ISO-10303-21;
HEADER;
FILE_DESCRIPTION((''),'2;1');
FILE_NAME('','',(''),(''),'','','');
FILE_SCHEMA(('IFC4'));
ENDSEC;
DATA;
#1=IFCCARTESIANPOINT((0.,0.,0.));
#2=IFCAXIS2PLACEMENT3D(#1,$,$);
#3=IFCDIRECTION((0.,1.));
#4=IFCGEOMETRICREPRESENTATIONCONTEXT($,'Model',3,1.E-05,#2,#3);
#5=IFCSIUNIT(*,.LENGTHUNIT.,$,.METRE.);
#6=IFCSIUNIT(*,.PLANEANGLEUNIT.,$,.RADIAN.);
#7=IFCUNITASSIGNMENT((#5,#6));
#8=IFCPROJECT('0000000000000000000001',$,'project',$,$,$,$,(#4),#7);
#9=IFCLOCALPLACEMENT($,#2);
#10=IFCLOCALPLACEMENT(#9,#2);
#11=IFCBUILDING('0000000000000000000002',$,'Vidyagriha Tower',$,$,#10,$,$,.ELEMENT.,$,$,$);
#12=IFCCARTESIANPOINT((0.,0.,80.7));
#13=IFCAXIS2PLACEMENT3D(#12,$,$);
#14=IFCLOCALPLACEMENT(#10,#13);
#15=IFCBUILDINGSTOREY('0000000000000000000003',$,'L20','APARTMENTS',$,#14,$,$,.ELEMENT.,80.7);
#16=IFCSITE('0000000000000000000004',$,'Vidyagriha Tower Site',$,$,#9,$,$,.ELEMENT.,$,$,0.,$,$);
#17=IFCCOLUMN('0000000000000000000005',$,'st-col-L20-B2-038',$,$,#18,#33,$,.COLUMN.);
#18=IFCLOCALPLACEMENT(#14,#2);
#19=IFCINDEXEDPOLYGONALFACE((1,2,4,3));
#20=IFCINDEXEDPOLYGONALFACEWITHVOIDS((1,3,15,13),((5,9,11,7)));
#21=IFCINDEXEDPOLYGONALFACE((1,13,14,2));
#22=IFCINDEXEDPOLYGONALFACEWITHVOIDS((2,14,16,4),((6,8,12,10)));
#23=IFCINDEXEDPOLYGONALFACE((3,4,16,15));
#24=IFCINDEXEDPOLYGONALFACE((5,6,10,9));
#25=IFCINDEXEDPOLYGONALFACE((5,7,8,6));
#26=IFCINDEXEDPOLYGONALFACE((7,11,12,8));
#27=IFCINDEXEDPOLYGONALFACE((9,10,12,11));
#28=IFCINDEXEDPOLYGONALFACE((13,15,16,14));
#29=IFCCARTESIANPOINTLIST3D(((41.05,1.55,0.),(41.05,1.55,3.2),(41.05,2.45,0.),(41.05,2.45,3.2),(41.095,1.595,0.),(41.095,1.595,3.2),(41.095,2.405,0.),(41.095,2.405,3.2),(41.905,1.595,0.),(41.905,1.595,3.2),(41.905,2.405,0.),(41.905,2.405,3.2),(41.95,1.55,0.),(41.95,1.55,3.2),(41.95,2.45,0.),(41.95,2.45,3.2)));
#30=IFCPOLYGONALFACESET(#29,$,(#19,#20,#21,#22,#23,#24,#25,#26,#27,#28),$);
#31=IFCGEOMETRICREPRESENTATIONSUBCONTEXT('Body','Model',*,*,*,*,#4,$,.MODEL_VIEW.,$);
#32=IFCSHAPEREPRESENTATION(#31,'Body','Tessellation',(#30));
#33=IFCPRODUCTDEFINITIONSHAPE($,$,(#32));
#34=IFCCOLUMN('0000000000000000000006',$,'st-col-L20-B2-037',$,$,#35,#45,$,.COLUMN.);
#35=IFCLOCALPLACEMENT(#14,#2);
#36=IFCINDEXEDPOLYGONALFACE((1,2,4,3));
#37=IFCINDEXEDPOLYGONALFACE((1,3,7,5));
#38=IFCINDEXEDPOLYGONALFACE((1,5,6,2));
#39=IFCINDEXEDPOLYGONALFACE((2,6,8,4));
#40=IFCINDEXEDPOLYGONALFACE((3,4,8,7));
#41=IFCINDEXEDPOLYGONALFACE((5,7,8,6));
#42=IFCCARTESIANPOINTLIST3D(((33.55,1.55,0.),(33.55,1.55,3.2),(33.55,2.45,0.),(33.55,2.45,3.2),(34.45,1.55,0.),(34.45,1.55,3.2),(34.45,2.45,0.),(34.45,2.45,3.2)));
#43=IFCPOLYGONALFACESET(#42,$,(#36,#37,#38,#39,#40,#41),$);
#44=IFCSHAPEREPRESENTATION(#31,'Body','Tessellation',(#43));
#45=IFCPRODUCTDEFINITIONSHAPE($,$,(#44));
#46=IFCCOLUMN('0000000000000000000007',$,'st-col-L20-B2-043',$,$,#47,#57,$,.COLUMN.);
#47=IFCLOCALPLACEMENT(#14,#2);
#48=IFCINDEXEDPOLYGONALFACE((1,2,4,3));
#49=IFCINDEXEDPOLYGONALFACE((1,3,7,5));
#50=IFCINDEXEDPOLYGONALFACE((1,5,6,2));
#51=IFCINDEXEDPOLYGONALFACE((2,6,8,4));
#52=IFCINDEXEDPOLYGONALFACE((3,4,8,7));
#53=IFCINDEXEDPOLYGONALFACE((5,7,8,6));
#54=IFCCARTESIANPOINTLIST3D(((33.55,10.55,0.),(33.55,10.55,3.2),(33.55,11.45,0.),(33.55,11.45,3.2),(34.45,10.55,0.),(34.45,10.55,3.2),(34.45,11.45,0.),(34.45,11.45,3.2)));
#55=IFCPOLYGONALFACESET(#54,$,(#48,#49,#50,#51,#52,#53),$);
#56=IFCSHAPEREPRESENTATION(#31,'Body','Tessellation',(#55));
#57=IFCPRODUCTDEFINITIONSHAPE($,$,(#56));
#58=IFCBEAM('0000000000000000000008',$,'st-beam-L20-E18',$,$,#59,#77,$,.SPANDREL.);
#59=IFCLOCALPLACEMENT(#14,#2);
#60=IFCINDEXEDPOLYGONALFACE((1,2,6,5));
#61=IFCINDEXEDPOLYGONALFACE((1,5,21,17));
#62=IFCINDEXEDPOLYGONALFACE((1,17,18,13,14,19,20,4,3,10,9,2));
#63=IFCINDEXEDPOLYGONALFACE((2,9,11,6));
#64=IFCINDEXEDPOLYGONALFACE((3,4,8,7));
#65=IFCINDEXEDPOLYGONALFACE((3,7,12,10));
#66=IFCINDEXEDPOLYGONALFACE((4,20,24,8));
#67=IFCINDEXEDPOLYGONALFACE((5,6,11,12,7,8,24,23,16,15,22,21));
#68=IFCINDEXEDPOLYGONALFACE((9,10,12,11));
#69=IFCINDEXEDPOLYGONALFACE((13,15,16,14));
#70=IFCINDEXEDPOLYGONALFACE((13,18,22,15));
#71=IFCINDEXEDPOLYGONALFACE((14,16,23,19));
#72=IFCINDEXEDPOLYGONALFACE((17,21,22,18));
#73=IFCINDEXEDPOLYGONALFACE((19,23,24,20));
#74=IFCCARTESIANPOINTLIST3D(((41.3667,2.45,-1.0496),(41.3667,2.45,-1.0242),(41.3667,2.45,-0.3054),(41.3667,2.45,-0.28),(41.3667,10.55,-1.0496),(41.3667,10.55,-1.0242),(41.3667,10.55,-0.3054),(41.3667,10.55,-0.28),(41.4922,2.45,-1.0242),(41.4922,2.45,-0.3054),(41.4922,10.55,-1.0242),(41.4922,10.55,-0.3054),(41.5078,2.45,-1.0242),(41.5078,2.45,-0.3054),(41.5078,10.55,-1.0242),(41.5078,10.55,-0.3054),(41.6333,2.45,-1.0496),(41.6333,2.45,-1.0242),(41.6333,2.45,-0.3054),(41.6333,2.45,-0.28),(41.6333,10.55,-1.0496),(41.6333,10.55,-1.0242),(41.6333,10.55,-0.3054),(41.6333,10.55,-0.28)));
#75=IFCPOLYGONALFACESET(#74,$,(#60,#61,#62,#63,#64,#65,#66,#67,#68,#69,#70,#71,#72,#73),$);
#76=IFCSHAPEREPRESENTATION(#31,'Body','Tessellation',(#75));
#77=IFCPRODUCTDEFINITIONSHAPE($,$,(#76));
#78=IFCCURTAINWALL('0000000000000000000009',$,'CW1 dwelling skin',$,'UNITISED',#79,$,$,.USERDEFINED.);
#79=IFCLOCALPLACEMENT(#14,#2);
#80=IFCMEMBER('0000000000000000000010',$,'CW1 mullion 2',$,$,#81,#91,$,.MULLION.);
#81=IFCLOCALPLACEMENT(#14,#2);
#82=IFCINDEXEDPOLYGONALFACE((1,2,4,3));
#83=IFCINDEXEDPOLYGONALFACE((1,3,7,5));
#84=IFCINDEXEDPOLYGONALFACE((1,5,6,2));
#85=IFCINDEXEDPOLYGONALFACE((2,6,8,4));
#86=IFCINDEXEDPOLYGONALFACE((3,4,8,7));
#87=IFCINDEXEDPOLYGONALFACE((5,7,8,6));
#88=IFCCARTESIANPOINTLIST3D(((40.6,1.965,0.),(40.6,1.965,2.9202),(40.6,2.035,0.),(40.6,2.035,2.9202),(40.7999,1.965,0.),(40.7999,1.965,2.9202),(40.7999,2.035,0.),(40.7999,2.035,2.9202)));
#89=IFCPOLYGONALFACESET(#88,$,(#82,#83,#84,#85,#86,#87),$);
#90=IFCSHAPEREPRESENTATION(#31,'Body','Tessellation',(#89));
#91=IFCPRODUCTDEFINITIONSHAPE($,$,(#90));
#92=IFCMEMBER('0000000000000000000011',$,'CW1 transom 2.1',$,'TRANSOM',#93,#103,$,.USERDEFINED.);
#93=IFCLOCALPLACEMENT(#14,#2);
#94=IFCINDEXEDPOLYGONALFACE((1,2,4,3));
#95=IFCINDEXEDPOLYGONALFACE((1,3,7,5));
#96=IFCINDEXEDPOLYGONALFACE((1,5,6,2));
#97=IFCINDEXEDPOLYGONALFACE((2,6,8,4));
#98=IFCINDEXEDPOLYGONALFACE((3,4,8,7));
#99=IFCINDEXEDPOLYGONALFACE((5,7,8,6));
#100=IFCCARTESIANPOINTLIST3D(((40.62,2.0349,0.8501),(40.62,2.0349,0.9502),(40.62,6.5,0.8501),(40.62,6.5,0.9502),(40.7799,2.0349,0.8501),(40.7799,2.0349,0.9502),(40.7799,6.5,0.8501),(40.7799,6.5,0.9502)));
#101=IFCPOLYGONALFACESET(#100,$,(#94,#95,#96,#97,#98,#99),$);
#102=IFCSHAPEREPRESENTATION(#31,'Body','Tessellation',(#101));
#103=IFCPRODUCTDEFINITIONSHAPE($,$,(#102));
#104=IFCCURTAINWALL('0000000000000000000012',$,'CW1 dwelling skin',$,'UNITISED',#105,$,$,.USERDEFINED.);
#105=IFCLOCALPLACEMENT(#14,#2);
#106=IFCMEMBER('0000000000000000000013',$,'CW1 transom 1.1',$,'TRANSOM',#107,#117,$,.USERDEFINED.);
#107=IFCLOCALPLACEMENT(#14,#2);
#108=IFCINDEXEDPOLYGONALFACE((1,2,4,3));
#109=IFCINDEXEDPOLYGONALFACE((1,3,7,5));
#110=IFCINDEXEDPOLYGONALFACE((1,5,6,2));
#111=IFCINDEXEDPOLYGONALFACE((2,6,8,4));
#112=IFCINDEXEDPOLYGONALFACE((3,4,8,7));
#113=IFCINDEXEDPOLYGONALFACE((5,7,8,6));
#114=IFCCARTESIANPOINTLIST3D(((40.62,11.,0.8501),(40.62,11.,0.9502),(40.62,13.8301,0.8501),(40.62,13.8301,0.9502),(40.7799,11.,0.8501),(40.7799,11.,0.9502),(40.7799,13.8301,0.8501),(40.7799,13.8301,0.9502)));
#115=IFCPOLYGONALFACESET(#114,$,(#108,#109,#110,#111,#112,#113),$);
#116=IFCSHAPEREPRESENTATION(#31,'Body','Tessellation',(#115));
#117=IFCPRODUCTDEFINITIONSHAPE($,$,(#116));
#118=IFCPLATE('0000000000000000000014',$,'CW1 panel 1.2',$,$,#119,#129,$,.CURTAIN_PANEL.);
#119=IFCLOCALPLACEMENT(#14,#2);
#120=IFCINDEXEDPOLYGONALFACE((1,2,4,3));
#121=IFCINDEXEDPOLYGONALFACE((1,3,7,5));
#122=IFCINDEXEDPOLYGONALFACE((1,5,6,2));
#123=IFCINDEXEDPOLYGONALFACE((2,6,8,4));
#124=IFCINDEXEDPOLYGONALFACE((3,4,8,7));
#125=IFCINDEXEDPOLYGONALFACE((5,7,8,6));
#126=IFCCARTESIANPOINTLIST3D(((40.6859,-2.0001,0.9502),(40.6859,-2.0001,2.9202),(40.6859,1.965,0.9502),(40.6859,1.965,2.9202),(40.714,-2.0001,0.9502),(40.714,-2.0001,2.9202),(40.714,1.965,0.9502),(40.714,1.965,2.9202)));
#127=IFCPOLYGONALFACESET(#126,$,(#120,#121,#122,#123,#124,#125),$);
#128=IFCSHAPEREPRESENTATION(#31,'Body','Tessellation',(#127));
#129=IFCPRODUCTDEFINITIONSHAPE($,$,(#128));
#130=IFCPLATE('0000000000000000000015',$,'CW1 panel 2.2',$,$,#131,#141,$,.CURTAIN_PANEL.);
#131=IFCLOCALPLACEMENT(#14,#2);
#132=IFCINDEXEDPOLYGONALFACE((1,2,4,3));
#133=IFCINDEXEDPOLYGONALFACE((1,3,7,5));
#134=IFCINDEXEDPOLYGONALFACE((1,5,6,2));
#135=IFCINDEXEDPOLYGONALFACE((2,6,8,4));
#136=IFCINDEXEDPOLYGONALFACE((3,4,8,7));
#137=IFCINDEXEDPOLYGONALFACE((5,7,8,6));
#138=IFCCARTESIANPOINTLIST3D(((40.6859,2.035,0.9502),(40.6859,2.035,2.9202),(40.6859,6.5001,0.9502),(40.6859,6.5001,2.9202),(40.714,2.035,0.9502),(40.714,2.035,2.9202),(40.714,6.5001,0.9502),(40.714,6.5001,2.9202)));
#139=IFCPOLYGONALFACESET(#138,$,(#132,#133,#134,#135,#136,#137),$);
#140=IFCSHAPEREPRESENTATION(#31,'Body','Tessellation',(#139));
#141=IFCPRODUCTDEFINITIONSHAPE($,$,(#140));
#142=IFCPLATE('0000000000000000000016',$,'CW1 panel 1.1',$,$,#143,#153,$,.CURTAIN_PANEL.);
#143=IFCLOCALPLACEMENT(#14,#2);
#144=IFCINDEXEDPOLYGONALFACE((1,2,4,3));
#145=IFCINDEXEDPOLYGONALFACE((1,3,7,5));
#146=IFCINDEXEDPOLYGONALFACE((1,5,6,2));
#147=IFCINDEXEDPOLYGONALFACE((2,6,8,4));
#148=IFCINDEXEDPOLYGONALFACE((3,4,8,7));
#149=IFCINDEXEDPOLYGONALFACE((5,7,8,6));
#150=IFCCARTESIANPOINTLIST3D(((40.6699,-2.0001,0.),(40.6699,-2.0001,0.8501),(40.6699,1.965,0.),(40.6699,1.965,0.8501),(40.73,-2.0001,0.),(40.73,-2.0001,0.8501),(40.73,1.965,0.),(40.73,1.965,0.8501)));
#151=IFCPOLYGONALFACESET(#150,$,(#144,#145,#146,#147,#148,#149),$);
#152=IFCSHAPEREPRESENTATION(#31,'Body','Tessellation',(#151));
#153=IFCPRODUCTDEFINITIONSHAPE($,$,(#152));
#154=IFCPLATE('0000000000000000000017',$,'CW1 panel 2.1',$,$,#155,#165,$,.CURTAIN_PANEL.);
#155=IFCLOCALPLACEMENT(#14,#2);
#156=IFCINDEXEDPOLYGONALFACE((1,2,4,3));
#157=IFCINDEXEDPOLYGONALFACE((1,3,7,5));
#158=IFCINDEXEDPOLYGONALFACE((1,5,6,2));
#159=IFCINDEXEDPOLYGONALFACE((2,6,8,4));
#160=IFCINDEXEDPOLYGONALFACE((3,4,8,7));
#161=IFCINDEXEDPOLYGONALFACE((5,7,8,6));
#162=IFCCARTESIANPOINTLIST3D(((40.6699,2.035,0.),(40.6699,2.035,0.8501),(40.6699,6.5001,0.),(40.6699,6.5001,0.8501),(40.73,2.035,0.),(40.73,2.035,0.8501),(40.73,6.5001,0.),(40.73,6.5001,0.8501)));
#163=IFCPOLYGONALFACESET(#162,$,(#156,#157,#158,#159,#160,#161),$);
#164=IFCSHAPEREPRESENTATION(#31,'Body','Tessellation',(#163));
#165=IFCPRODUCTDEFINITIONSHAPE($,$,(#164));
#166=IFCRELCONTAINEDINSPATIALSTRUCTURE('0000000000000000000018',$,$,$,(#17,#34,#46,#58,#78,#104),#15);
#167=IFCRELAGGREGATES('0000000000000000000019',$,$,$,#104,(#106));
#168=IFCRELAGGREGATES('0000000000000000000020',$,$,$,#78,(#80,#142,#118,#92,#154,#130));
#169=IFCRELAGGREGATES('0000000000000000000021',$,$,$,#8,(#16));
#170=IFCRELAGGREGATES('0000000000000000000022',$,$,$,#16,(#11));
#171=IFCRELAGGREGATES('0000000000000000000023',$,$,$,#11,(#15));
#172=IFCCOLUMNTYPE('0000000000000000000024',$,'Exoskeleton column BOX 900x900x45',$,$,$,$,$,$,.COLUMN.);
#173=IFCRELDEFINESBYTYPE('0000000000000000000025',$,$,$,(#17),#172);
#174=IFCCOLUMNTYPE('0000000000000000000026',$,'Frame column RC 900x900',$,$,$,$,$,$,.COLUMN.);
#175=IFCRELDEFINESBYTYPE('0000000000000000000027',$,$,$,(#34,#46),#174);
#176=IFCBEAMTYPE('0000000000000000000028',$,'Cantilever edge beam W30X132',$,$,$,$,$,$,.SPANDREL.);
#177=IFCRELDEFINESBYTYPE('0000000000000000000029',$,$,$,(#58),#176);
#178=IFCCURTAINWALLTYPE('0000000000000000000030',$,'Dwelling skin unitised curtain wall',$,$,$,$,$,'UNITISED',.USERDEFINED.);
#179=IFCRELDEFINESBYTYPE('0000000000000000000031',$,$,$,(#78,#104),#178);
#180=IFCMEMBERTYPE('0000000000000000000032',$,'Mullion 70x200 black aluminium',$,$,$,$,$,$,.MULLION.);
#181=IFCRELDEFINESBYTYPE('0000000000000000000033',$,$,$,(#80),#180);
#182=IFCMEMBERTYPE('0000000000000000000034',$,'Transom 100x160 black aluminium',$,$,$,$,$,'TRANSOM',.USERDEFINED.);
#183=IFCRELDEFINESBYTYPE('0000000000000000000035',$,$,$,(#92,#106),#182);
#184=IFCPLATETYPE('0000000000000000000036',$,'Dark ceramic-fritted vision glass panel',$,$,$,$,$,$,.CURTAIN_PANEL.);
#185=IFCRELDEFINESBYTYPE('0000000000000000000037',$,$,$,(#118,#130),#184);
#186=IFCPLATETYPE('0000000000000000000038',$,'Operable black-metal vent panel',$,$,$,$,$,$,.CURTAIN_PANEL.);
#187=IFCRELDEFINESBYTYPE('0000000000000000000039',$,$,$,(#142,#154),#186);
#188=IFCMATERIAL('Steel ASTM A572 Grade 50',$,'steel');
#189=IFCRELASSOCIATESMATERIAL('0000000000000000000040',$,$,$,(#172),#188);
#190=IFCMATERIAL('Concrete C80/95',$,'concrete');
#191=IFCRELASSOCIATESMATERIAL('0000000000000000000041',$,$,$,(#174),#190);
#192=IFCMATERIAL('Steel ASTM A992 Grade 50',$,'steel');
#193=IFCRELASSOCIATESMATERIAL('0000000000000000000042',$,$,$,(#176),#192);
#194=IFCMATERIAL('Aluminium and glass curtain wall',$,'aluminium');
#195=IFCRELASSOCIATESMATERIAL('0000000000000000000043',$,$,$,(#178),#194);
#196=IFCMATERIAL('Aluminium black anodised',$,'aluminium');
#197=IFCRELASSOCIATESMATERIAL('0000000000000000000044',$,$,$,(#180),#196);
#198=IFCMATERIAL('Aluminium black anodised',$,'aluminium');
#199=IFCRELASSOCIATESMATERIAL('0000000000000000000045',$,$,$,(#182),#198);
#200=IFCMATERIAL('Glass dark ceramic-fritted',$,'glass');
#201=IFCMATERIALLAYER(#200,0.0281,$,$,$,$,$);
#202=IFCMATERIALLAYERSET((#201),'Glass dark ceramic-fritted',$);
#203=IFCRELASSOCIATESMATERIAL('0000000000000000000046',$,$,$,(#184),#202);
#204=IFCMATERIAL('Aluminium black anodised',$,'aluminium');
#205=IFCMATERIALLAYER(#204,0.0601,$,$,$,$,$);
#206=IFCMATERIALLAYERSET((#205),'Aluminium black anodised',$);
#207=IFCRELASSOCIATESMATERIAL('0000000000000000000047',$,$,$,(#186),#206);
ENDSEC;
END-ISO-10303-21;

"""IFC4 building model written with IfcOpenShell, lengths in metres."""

from ifc_helpers import new_model, si_unit, direction, frame, origin, origin_2d, place, context, subcontext, project, spatial, rectangle, hollow_rectangle, i_section, extrude, material, layer, layer_set, material_profile, profile_set, type_object, element, aggregate, save


model = new_model("IFC4")

# Units and contexts
model_context = context("Model", 3, precision=1e-05, world=origin(), true_north=direction((0.0, 1.0)))
body_context = subcontext(model_context, "Body", "Model", "MODEL_VIEW")
ifc_project = project(units=[si_unit("LENGTHUNIT", "METRE"), si_unit("PLANEANGLEUNIT", "RADIAN")], contexts=[model_context])

# Site, building, storey
site_placement = place(None, origin())
site = spatial("IfcSite", under=ifc_project, at=site_placement, Name="Vidyagriha Tower Site", CompositionType="ELEMENT", RefElevation=0.0)
building_placement = place(site_placement, origin())
building = spatial("IfcBuilding", under=site, at=building_placement, Name="Vidyagriha Tower", CompositionType="ELEMENT")
storey_placement = place(building_placement, frame((0.0, 0.0, 80.7)))
storey = spatial("IfcBuildingStorey", under=building, at=storey_placement, Name="L20", Description="APARTMENTS", CompositionType="ELEMENT", Elevation=80.7)

# Columns
ifc_material_1 = material(Name="Steel ASTM A572 Grade 50", Category="steel")
ifc_material_profile_1 = material_profile(ifc_material_1, hollow_rectangle(XDim=0.8999, YDim=0.8999, WallThickness=0.0449, at=origin_2d()), Name="BOX 900x900x45")
ifc_profile_set_1 = profile_set([ifc_material_profile_1], Name="Steel ASTM A572 Grade 50")
column_type_1 = type_object("IfcColumnType", Name="Exoskeleton column BOX 900x900x45", PredefinedType="COLUMN", material=ifc_profile_set_1)
column_placement = place(storey_placement, frame((41.5, 2.0, 0.0)))
element("IfcColumn", 1, at=column_placement, inside=storey, type_object=column_type_1, Name="st-col-L20-B2-038", PredefinedType="COLUMN", context=body_context, shape_type="SweptSolid", body=[
    extrude(hollow_rectangle(XDim=0.8999, YDim=0.8999, WallThickness=0.0449, at=origin_2d()), origin(), (0.0, 0.0, 1.0), 3.2),
])
ifc_material_2 = material(Name="Concrete C80/95", Category="concrete")
ifc_material_profile_2 = material_profile(ifc_material_2, rectangle(XDim=0.8999, YDim=0.8999, at=origin_2d()), Name="RC 900x900")
ifc_profile_set_2 = profile_set([ifc_material_profile_2], Name="Concrete C80/95")
column_type_2 = type_object("IfcColumnType", Name="Frame column RC 900x900", PredefinedType="COLUMN", material=ifc_profile_set_2)
for number, where, name in (
    (2, (34.0, 2.0, 0.0), "st-col-L20-B2-037"),
    (3, (34.0, 11.0, 0.0), "st-col-L20-B2-043"),
):
    element("IfcColumn", number, at=place(storey_placement, frame(where)), inside=storey, type_object=column_type_2, Name=name, PredefinedType="COLUMN", context=body_context, shape_type="SweptSolid", body=[
        extrude(rectangle(XDim=0.8999, YDim=0.8999, at=origin_2d()), origin(), (0.0, 0.0, 1.0), 3.2),
    ])

# Beam
ifc_material_3 = material(Name="Steel ASTM A992 Grade 50", Category="steel")
ifc_material_profile_3 = material_profile(ifc_material_3, i_section(OverallWidth=0.2666, OverallDepth=0.7695, WebThickness=0.0156, FlangeThickness=0.0254, at=origin_2d()), Name="W30X132")
ifc_profile_set_3 = profile_set([ifc_material_profile_3], Name="Steel ASTM A992 Grade 50")
beam_type = type_object("IfcBeamType", Name="Cantilever edge beam W30X132", PredefinedType="SPANDREL", material=ifc_profile_set_3)
beam_placement = place(storey_placement, frame((41.5, 2.45, -0.6648), z_axis=(0.0, 1.0, 0.0), x_axis=(-1.0, 0.0, 0.0)))
element("IfcBeam", 4, at=beam_placement, inside=storey, type_object=beam_type, Name="st-beam-L20-E18", PredefinedType="SPANDREL", context=body_context, shape_type="SweptSolid", body=[
    extrude(i_section(OverallWidth=0.2666, OverallDepth=0.7695, WebThickness=0.0156, FlangeThickness=0.0254, at=origin_2d()), origin(), (0.0, 0.0, 1.0), 8.1001),
])

# Curtain wall, members
ifc_material_4 = material(Name="Aluminium and glass curtain wall", Category="aluminium")
curtain_wall_type = type_object("IfcCurtainWallType", Name="Dwelling skin unitised curtain wall", ElementType="UNITISED", PredefinedType="USERDEFINED", material=ifc_material_4)
curtain_wall_1_placement = place(storey_placement, origin())
curtain_wall_1 = element("IfcCurtainWall", 5, at=curtain_wall_1_placement, inside=storey, type_object=curtain_wall_type, Name="CW1 dwelling skin", ObjectType="UNITISED", PredefinedType="USERDEFINED")
ifc_material_5 = material(Name="Aluminium black anodised", Category="aluminium")
ifc_material_profile_4 = material_profile(ifc_material_5, rectangle(XDim=0.2, YDim=0.0701, at=origin_2d()), Name="Mullion 70x200 black aluminium")
ifc_profile_set_4 = profile_set([ifc_material_profile_4], Name="Aluminium black anodised")
member_type_1 = type_object("IfcMemberType", Name="Mullion 70x200 black aluminium", PredefinedType="MULLION", material=ifc_profile_set_4)
member_1_placement = place(storey_placement, frame((40.7, 2.0, 0.0), z_axis=(0.0, 0.0, 1.0), x_axis=(-1.0, 0.0, 0.0)))
member_1 = element("IfcMember", 6, at=member_1_placement, type_object=member_type_1, Name="CW1 mullion 2", PredefinedType="MULLION", context=body_context, shape_type="SweptSolid", body=[
    extrude(rectangle(XDim=0.2, YDim=0.0701, at=origin_2d()), origin(), (0.0, 0.0, 1.0), 2.9202),
])
ifc_material_6 = material(Name="Aluminium black anodised", Category="aluminium")
ifc_material_profile_5 = material_profile(ifc_material_6, rectangle(XDim=0.1599, YDim=0.1001, at=origin_2d()), Name="Transom 100x160 black aluminium")
ifc_profile_set_5 = profile_set([ifc_material_profile_5], Name="Aluminium black anodised")
member_type_2 = type_object("IfcMemberType", Name="Transom 100x160 black aluminium", ElementType="TRANSOM", PredefinedType="USERDEFINED", material=ifc_profile_set_5)
member_2_placement = place(storey_placement, frame((40.7, 2.0349, 0.9001), z_axis=(0.0, 1.0, 0.0), x_axis=(-1.0, 0.0, 0.0)))
member_2 = element("IfcMember", 7, at=member_2_placement, type_object=member_type_2, Name="CW1 transom 2.1", ObjectType="TRANSOM", PredefinedType="USERDEFINED", context=body_context, shape_type="SweptSolid", body=[
    extrude(rectangle(XDim=0.1599, YDim=0.1001, at=origin_2d()), origin(), (0.0, 0.0, 1.0), 4.4651),
])

# Curtain wall, member
curtain_wall_2_placement = place(storey_placement, origin())
curtain_wall_2 = element("IfcCurtainWall", 8, at=curtain_wall_2_placement, inside=storey, type_object=curtain_wall_type, Name="CW1 dwelling skin", ObjectType="UNITISED", PredefinedType="USERDEFINED")
member_3_placement = place(storey_placement, frame((40.7, 11.0, 0.9001), z_axis=(0.0, 1.0, 0.0), x_axis=(-1.0, 0.0, 0.0)))
member_3 = element("IfcMember", 9, at=member_3_placement, type_object=member_type_2, Name="CW1 transom 1.1", ObjectType="TRANSOM", PredefinedType="USERDEFINED", context=body_context, shape_type="SweptSolid", body=[
    extrude(rectangle(XDim=0.1599, YDim=0.1001, at=origin_2d()), origin(), (0.0, 0.0, 1.0), 2.8301),
])
aggregate(curtain_wall_2, [member_3])

# Plates
ifc_material_7 = material(Name="Glass dark ceramic-fritted", Category="glass")
ifc_layer_1 = layer(ifc_material_7, 0.0281)
ifc_layer_set_1 = layer_set([ifc_layer_1], Name="Glass dark ceramic-fritted")
plate_type_1 = type_object("IfcPlateType", Name="Dark ceramic-fritted vision glass panel", PredefinedType="CURTAIN_PANEL", material=ifc_layer_set_1)
plate_1_placement = place(storey_placement, frame((40.7, -0.0176, 0.9502), z_axis=(0.0, 0.0, 1.0), x_axis=(0.0, 1.0, 0.0)))
plate_1 = element("IfcPlate", 10, at=plate_1_placement, type_object=plate_type_1, Name="CW1 panel 1.2", PredefinedType="CURTAIN_PANEL", context=body_context, shape_type="SweptSolid", body=[
    extrude(rectangle(XDim=3.9651, YDim=0.0281, at=origin_2d()), origin(), (0.0, 0.0, 1.0), 1.97),
])
plate_2_placement = place(storey_placement, frame((40.7, 4.2676, 0.9502), z_axis=(0.0, 0.0, 1.0), x_axis=(0.0, 1.0, 0.0)))
plate_2 = element("IfcPlate", 11, at=plate_2_placement, type_object=plate_type_1, Name="CW1 panel 2.2", PredefinedType="CURTAIN_PANEL", context=body_context, shape_type="SweptSolid", body=[
    extrude(rectangle(XDim=4.4651, YDim=0.0281, at=origin_2d()), origin(), (0.0, 0.0, 1.0), 1.97),
])
ifc_material_8 = material(Name="Aluminium black anodised", Category="aluminium")
ifc_layer_2 = layer(ifc_material_8, 0.0601)
ifc_layer_set_2 = layer_set([ifc_layer_2], Name="Aluminium black anodised")
plate_type_2 = type_object("IfcPlateType", Name="Operable black-metal vent panel", PredefinedType="CURTAIN_PANEL", material=ifc_layer_set_2)
plate_3_placement = place(storey_placement, frame((40.7, -0.0176, 0.0), z_axis=(0.0, 0.0, 1.0), x_axis=(0.0, 1.0, 0.0)))
plate_3 = element("IfcPlate", 12, at=plate_3_placement, type_object=plate_type_2, Name="CW1 panel 1.1", PredefinedType="CURTAIN_PANEL", context=body_context, shape_type="SweptSolid", body=[
    extrude(rectangle(XDim=3.9651, YDim=0.0601, at=origin_2d()), origin(), (0.0, 0.0, 1.0), 0.8501),
])
plate_4_placement = place(storey_placement, frame((40.7, 4.2676, 0.0), z_axis=(0.0, 0.0, 1.0), x_axis=(0.0, 1.0, 0.0)))
plate_4 = element("IfcPlate", 13, at=plate_4_placement, type_object=plate_type_2, Name="CW1 panel 2.1", PredefinedType="CURTAIN_PANEL", context=body_context, shape_type="SweptSolid", body=[
    extrude(rectangle(XDim=4.4651, YDim=0.0601, at=origin_2d()), origin(), (0.0, 0.0, 1.0), 0.8501),
])
aggregate(curtain_wall_1, [member_1, plate_3, plate_1, member_2, plate_4, plate_2])

save(model, "model.ifc")
